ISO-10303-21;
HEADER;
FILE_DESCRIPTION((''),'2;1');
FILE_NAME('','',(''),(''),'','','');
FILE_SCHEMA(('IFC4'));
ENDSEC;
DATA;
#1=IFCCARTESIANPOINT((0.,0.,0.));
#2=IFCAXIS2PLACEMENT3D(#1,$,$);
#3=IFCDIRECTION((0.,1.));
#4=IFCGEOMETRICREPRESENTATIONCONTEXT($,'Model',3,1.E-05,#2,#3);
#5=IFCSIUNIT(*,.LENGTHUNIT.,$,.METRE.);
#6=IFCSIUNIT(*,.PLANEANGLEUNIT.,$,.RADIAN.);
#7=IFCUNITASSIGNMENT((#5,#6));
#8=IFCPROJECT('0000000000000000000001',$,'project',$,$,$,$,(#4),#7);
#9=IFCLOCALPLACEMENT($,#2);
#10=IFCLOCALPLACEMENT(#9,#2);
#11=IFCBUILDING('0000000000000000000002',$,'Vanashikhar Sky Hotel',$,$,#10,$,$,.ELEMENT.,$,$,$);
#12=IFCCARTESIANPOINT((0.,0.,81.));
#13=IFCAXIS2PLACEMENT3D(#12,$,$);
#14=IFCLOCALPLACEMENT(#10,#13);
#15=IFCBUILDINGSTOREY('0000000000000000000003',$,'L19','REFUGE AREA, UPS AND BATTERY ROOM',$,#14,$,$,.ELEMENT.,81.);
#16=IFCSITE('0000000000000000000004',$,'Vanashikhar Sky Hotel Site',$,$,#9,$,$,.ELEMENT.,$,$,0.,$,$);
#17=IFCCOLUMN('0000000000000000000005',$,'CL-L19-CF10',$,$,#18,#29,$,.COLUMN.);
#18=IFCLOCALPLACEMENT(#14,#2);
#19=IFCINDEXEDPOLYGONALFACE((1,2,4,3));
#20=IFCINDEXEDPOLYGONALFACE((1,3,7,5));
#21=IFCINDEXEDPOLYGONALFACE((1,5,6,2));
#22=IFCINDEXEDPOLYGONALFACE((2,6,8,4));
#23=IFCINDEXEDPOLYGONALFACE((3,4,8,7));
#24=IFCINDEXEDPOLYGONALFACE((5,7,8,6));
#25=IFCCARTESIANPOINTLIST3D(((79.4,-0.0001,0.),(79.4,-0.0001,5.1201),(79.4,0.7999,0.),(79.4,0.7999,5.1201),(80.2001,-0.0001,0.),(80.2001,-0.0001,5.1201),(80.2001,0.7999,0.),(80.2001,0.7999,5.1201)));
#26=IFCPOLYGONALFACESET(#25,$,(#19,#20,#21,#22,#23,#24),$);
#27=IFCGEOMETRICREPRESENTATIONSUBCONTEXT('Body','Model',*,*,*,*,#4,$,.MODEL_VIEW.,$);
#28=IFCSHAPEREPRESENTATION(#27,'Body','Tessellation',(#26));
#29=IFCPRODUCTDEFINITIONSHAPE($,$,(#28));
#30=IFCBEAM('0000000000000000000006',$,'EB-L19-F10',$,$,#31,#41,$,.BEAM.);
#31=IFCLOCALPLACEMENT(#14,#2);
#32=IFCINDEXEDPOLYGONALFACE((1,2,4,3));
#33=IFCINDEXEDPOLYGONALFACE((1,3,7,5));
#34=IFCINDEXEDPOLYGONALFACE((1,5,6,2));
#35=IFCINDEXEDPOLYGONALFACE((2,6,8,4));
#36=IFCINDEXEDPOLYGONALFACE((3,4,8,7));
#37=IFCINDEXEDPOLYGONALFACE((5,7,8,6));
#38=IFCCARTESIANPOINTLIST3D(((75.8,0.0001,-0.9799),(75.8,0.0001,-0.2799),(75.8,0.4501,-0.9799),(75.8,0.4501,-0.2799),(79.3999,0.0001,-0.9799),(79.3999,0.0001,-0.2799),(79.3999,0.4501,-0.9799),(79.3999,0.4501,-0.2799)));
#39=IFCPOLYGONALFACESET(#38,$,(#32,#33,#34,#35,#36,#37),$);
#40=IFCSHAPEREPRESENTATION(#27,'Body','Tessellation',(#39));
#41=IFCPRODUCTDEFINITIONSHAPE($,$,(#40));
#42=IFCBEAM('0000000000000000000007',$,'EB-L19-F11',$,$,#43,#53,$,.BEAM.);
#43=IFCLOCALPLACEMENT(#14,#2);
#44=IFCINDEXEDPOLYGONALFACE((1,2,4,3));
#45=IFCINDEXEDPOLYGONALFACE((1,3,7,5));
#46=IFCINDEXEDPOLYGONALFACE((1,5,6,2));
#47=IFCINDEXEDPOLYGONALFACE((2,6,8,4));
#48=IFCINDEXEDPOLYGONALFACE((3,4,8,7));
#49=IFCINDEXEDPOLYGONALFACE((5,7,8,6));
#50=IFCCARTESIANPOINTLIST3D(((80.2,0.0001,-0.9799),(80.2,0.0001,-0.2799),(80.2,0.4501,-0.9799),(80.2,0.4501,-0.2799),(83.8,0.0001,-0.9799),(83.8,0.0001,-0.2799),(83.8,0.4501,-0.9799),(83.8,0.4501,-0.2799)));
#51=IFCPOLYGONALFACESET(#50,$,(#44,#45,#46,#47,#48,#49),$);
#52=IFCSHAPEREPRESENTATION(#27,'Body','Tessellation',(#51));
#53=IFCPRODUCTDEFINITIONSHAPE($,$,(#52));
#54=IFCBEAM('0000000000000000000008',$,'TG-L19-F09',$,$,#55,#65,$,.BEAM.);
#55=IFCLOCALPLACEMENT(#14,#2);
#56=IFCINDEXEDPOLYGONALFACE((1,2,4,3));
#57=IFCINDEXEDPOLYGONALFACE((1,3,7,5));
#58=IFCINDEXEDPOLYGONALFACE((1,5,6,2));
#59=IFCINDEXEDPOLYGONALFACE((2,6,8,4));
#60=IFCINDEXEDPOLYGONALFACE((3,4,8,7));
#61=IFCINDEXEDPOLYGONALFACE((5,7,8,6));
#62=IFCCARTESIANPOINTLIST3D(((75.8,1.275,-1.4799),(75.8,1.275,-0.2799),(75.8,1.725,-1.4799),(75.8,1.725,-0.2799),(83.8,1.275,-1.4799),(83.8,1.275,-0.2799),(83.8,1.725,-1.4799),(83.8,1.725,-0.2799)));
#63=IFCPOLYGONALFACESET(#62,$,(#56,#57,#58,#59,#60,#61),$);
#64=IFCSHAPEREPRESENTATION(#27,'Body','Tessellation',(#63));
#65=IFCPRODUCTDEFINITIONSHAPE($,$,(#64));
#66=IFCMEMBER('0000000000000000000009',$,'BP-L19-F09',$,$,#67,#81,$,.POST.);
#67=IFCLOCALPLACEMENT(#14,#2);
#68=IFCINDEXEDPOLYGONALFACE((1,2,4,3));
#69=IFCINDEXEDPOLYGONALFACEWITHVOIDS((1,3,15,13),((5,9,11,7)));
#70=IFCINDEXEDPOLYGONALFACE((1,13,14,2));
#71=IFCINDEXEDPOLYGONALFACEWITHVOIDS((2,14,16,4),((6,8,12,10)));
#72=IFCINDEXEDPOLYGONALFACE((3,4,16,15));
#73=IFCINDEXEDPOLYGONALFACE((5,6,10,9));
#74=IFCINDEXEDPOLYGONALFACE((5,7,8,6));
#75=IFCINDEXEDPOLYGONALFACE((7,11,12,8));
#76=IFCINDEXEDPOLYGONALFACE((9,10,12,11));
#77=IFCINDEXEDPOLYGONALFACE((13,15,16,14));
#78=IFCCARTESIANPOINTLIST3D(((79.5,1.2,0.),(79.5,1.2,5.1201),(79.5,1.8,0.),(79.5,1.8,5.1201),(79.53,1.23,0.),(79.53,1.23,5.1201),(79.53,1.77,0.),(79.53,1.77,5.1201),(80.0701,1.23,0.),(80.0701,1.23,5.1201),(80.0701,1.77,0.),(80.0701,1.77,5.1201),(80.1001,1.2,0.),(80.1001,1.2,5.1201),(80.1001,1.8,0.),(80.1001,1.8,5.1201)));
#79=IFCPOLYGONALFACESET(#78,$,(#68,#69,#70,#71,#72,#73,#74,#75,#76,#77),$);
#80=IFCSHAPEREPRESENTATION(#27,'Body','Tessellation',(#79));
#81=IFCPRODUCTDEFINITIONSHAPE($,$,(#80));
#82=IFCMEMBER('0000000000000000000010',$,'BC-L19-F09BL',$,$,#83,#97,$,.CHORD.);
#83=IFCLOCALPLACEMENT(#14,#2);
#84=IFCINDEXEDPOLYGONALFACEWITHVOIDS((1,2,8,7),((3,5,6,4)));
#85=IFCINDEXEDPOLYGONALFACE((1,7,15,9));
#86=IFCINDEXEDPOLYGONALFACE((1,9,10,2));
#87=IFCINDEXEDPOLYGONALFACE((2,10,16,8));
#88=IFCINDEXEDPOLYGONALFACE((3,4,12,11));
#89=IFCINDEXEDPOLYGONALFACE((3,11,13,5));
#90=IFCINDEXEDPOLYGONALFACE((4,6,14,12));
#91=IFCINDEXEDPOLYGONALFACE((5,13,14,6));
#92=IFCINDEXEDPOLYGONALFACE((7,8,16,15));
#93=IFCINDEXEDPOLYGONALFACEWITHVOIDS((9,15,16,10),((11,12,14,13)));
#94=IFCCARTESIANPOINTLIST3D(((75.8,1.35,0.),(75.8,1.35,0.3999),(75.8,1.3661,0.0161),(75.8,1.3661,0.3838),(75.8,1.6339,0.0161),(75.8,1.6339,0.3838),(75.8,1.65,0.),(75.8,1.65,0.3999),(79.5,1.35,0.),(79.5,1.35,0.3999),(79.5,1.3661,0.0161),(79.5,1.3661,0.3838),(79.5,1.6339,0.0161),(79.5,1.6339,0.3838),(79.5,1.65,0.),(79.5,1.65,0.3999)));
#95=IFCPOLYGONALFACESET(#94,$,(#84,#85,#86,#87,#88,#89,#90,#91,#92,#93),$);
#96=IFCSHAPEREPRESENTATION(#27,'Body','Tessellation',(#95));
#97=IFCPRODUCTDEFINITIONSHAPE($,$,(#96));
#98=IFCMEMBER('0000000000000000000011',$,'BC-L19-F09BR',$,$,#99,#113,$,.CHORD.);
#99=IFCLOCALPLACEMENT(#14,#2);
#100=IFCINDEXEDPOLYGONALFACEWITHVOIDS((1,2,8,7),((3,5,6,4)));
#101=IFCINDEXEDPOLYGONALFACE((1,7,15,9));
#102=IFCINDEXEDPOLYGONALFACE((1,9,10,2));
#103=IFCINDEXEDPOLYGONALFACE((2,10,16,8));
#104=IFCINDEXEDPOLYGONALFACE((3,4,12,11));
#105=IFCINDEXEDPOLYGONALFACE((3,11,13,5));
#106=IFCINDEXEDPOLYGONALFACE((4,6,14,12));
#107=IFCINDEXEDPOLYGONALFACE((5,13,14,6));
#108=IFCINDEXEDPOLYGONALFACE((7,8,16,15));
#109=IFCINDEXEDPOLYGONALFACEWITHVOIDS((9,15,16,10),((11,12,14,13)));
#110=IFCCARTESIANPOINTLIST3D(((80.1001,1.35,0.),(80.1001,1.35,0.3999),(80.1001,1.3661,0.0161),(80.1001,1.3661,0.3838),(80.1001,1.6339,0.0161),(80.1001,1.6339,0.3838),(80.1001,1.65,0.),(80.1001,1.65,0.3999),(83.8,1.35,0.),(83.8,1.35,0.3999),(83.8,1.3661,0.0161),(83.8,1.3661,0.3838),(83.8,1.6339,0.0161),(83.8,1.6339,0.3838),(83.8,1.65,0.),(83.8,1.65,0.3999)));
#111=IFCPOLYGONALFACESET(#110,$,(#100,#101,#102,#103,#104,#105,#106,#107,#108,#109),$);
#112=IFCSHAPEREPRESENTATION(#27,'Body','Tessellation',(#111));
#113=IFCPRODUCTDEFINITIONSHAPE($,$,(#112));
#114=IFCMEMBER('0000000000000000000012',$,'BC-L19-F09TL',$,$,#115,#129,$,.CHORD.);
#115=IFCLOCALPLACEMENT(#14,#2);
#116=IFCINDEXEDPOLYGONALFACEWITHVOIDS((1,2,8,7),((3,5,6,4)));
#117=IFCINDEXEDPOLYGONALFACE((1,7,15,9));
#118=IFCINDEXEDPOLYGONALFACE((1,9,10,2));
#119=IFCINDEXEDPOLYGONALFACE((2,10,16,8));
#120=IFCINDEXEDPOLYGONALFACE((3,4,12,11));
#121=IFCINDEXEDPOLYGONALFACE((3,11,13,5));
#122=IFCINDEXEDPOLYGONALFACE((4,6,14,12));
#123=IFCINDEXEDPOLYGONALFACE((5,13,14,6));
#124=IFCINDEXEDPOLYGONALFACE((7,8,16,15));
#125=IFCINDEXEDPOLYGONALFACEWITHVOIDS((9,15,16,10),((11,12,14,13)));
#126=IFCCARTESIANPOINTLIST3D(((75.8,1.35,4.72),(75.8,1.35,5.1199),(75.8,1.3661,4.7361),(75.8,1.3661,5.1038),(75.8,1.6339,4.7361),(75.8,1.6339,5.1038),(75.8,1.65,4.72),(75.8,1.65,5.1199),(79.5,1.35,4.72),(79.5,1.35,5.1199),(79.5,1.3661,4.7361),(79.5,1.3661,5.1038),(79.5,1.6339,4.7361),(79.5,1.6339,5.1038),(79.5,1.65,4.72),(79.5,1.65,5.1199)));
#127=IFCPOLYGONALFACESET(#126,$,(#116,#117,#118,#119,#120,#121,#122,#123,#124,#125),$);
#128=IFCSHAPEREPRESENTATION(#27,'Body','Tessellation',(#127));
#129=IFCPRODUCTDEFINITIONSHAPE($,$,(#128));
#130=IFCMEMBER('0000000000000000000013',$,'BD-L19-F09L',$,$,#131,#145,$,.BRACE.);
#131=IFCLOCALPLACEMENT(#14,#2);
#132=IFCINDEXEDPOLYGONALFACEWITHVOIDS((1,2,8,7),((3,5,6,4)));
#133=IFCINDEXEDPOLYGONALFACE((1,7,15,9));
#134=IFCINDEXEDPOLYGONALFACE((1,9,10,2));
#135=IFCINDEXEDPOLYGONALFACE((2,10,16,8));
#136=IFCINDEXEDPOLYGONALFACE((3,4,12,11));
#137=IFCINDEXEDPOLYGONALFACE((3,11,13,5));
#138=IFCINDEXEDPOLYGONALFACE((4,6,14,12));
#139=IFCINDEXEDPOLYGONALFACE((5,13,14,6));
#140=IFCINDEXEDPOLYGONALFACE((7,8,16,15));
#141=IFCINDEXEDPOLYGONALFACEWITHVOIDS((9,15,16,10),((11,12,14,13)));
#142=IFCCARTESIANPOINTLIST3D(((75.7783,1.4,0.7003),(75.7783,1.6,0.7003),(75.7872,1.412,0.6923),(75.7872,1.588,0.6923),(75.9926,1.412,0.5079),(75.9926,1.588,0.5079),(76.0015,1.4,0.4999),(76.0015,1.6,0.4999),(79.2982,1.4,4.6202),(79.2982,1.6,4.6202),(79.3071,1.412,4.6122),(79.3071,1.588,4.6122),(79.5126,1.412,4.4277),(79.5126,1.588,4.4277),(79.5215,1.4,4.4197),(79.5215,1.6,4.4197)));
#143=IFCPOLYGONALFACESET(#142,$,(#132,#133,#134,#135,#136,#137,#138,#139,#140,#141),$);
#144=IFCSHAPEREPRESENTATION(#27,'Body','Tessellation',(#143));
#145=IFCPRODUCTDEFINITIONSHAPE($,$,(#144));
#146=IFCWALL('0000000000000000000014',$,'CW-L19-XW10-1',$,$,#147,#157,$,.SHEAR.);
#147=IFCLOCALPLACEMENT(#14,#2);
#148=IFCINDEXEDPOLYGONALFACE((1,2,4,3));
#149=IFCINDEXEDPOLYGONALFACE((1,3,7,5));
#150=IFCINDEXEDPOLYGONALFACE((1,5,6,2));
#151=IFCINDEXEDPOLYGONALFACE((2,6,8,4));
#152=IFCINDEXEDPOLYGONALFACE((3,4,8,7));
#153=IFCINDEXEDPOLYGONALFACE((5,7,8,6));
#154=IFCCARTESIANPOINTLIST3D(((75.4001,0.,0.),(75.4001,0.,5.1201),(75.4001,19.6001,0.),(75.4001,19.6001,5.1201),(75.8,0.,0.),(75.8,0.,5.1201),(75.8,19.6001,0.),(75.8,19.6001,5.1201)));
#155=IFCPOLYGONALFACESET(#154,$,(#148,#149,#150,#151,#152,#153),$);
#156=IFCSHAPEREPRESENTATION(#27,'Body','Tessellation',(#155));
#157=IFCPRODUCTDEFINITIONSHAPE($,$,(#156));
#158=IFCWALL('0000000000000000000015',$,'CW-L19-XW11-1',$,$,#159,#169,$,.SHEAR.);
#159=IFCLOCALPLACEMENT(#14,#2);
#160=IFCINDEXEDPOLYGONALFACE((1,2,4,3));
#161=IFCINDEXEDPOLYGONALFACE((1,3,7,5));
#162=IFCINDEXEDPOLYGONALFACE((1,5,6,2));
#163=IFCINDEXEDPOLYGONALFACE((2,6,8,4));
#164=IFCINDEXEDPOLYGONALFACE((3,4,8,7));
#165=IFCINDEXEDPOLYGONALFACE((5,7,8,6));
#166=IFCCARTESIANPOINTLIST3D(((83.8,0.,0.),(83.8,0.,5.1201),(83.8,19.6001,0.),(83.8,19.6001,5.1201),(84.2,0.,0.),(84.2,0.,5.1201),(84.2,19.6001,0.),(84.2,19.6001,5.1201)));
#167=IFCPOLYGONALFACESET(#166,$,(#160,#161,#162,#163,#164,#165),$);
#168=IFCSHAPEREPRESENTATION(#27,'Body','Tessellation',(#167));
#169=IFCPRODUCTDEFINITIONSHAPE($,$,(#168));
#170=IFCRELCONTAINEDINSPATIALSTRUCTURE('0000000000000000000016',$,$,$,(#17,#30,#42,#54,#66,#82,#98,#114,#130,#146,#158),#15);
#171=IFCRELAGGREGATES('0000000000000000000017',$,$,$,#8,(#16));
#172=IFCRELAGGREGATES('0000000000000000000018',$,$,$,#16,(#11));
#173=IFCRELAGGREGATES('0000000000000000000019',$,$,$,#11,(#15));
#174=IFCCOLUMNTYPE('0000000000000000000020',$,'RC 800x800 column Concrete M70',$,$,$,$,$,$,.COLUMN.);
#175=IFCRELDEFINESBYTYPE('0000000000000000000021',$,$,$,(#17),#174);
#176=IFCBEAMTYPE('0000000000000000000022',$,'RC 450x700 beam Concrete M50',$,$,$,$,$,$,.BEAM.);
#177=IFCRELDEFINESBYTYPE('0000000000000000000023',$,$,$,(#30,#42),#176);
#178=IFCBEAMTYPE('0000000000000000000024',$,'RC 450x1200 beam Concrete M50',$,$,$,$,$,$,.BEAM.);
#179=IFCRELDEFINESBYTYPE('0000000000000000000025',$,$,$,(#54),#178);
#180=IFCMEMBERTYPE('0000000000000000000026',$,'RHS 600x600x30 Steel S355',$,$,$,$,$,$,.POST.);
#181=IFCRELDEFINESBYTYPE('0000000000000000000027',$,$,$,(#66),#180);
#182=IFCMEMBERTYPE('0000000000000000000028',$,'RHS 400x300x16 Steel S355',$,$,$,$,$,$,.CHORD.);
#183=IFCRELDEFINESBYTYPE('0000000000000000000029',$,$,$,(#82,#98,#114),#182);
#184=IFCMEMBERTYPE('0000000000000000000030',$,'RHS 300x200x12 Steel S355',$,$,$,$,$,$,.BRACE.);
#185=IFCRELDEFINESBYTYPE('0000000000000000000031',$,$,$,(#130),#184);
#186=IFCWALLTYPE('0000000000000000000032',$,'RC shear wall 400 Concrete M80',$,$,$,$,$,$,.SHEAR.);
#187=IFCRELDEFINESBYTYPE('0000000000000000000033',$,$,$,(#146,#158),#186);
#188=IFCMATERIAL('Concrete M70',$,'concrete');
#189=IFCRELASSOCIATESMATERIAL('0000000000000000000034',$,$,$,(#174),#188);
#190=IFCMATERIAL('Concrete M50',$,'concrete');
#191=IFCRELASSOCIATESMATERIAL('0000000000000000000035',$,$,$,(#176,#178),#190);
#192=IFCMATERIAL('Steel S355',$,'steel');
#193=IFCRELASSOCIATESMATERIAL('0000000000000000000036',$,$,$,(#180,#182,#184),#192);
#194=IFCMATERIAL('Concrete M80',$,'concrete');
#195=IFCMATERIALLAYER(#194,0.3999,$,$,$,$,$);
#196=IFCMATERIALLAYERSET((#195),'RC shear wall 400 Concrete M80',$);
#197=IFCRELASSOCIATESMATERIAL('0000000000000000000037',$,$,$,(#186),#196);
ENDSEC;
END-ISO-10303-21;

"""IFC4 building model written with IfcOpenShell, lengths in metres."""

from ifc_helpers import new_model, si_unit, direction, frame, frame_2d, origin, origin_2d, place, context, subcontext, project, spatial, rectangle, hollow_rectangle, extrude, source, transform, mapped, material, layer, layer_set, material_profile, profile_set, type_object, element, save


model = new_model("IFC4")

# Units and contexts
model_context = context("Model", 3, precision=1e-05, world=origin(), true_north=direction((0.0, 1.0)))
body_context = subcontext(model_context, "Body", "Model", "MODEL_VIEW")
ifc_project = project(units=[si_unit("LENGTHUNIT", "METRE"), si_unit("PLANEANGLEUNIT", "RADIAN")], contexts=[model_context])

# Site, building, storey
site_placement = place(None, origin())
site = spatial("IfcSite", under=ifc_project, at=site_placement, Name="Vanashikhar Sky Hotel Site", CompositionType="ELEMENT", RefElevation=0.0)
building_placement = place(site_placement, origin())
building = spatial("IfcBuilding", under=site, at=building_placement, Name="Vanashikhar Sky Hotel", CompositionType="ELEMENT")
storey_placement = place(building_placement, frame((0.0, 0.0, 81.0)))
storey = spatial("IfcBuildingStorey", under=building, at=storey_placement, Name="L19", Description="REFUGE AREA, UPS AND BATTERY ROOM", CompositionType="ELEMENT", Elevation=81.0)

# Column
ifc_material_1 = material(Name="Concrete M70", Category="concrete")
ifc_material_profile_1 = material_profile(ifc_material_1, rectangle(XDim=0.8, YDim=0.8, at=origin_2d()))
ifc_profile_set_1 = profile_set([ifc_material_profile_1], Name="RC 800x800 column Concrete M70")
column_type = type_object("IfcColumnType", Name="RC 800x800 column Concrete M70", PredefinedType="COLUMN", material=ifc_profile_set_1)
shared_shape_1 = source(origin(), body_context, "Body", "SweptSolid", [
    extrude(rectangle(XDim=0.8, YDim=0.8, at=origin_2d()), origin(), (0.0, 0.0, 1.0), 5.1201),
])
column_placement = place(storey_placement, frame((79.8, 0.3999, 0.0), z_axis=(0.0, 0.0, 1.0), x_axis=(1.0, 0.0, 0.0)))
element("IfcColumn", 1, at=column_placement, inside=storey, type_object=column_type, Name="CL-L19-CF10", PredefinedType="COLUMN", context=body_context, shape_type="MappedRepresentation", body=[
    mapped(shared_shape_1, transform((0.0, 0.0, 0.0), scale=1.0)),
])

# Beams
ifc_material_2 = material(Name="Concrete M50", Category="concrete")
ifc_material_profile_2 = material_profile(ifc_material_2, rectangle(XDim=0.45, YDim=0.7, at=origin_2d()))
ifc_profile_set_2 = profile_set([ifc_material_profile_2], Name="RC 450x700 beam Concrete M50")
beam_type_1 = type_object("IfcBeamType", Name="RC 450x700 beam Concrete M50", PredefinedType="BEAM", material=ifc_profile_set_2)
shared_shape_2 = source(origin(), body_context, "Body", "SweptSolid", [
    extrude(rectangle(XDim=0.45, YDim=0.7, at=origin_2d()), origin(), (0.0, 0.0, 1.0), 3.5999),
])
beam_1_placement = place(storey_placement, frame((75.8, 0.2251, -0.6299), z_axis=(1.0, 0.0, 0.0), x_axis=(0.0, 1.0, 0.0)))
element("IfcBeam", 2, at=beam_1_placement, inside=storey, type_object=beam_type_1, Name="EB-L19-F10", PredefinedType="BEAM", context=body_context, shape_type="MappedRepresentation", body=[
    mapped(shared_shape_2, transform((0.0, 0.0, 0.0), scale=1.0)),
])
shared_shape_3 = source(origin(), body_context, "Body", "SweptSolid", [
    extrude(rectangle(XDim=0.45, YDim=0.7, at=origin_2d()), origin(), (0.0, 0.0, 1.0), 3.6001),
])
beam_2_placement = place(storey_placement, frame((80.2, 0.2251, -0.6299), z_axis=(1.0, 0.0, 0.0), x_axis=(0.0, 1.0, 0.0)))
element("IfcBeam", 3, at=beam_2_placement, inside=storey, type_object=beam_type_1, Name="EB-L19-F11", PredefinedType="BEAM", context=body_context, shape_type="MappedRepresentation", body=[
    mapped(shared_shape_3, transform((0.0, 0.0, 0.0), scale=1.0)),
])
ifc_material_profile_3 = material_profile(ifc_material_2, rectangle(XDim=0.45, YDim=1.2, at=origin_2d()))
ifc_profile_set_3 = profile_set([ifc_material_profile_3], Name="RC 450x1200 beam Concrete M50")
beam_type_2 = type_object("IfcBeamType", Name="RC 450x1200 beam Concrete M50", PredefinedType="BEAM", material=ifc_profile_set_3)
shared_shape_4 = source(origin(), body_context, "Body", "SweptSolid", [
    extrude(rectangle(XDim=0.45, YDim=1.2, at=origin_2d()), origin(), (0.0, 0.0, 1.0), 8.0),
])
beam_3_placement = place(storey_placement, frame((75.8, 1.5, -0.8799), z_axis=(1.0, 0.0, 0.0), x_axis=(0.0, 1.0, 0.0)))
element("IfcBeam", 4, at=beam_3_placement, inside=storey, type_object=beam_type_2, Name="TG-L19-F09", PredefinedType="BEAM", context=body_context, shape_type="MappedRepresentation", body=[
    mapped(shared_shape_4, transform((0.0, 0.0, 0.0), scale=1.0)),
])

# Members
ifc_material_3 = material(Name="Steel S355", Category="steel")
ifc_material_profile_4 = material_profile(ifc_material_3, hollow_rectangle(XDim=0.6001, YDim=0.6001, WallThickness=0.03, at=origin_2d()))
ifc_profile_set_4 = profile_set([ifc_material_profile_4], Name="RHS 600x600x30 Steel S355")
member_type_1 = type_object("IfcMemberType", Name="RHS 600x600x30 Steel S355", PredefinedType="POST", material=ifc_profile_set_4)
shared_shape_5 = source(origin(), body_context, "Body", "SweptSolid", [
    extrude(hollow_rectangle(XDim=0.6001, YDim=0.6001, WallThickness=0.03, at=origin_2d()), origin(), (0.0, 0.0, 1.0), 5.1201),
])
member_1_placement = place(storey_placement, frame((79.8, 1.5, 0.0), z_axis=(0.0, 0.0, 1.0), x_axis=(1.0, 0.0, 0.0)))
element("IfcMember", 5, at=member_1_placement, inside=storey, type_object=member_type_1, Name="BP-L19-F09", PredefinedType="POST", context=body_context, shape_type="MappedRepresentation", body=[
    mapped(shared_shape_5, transform((0.0, 0.0, 0.0), scale=1.0)),
])
ifc_material_profile_5 = material_profile(ifc_material_3, hollow_rectangle(XDim=0.3, YDim=0.3999, WallThickness=0.0161, at=origin_2d()))
ifc_profile_set_5 = profile_set([ifc_material_profile_5], Name="RHS 400x300x16 Steel S355")
member_type_2 = type_object("IfcMemberType", Name="RHS 400x300x16 Steel S355", PredefinedType="CHORD", material=ifc_profile_set_5)
shared_shape_6 = source(origin(), body_context, "Body", "SweptSolid", [
    extrude(hollow_rectangle(XDim=0.3, YDim=0.3999, WallThickness=0.0161, at=origin_2d()), origin(), (0.0, 0.0, 1.0), 3.7),
])
for number, where, z_axis, x_axis, name in (
    (6, (75.8, 1.5, 0.2), (1.0, 0.0, 0.0), (0.0, 1.0, 0.0), "BC-L19-F09BL"),
    (7, (80.1001, 1.5, 0.2), (1.0, 0.0, 0.0), (0.0, 1.0, 0.0), "BC-L19-F09BR"),
    (8, (75.8, 1.5, 4.9199), (1.0, 0.0, 0.0), (0.0, 1.0, 0.0), "BC-L19-F09TL"),
):
    element("IfcMember", number, at=place(storey_placement, frame(where, z_axis=z_axis, x_axis=x_axis)), inside=storey, type_object=member_type_2, Name=name, PredefinedType="CHORD", context=body_context, shape_type="MappedRepresentation", body=[
        mapped(shared_shape_6, transform((0.0, 0.0, 0.0), scale=1.0)),
    ])
ifc_material_profile_6 = material_profile(ifc_material_3, hollow_rectangle(XDim=0.2, YDim=0.3, WallThickness=0.012, at=origin_2d()))
ifc_profile_set_6 = profile_set([ifc_material_profile_6], Name="RHS 300x200x12 Steel S355")
member_type_3 = type_object("IfcMemberType", Name="RHS 300x200x12 Steel S355", PredefinedType="BRACE", material=ifc_profile_set_6)
shared_shape_7 = source(origin(), body_context, "Body", "SweptSolid", [
    extrude(hollow_rectangle(XDim=0.2, YDim=0.3, WallThickness=0.012, at=origin_2d()), origin(), (0.0, 0.0, 1.0), 5.2683),
])
member_2_placement = place(storey_placement, frame((75.8899, 1.5, 0.6001), z_axis=(0.668135, 0.0, 0.74404), x_axis=(0.0, 1.0, 0.0)))
element("IfcMember", 9, at=member_2_placement, inside=storey, type_object=member_type_3, Name="BD-L19-F09L", PredefinedType="BRACE", context=body_context, shape_type="MappedRepresentation", body=[
    mapped(shared_shape_7, transform((0.0, 0.0, 0.0), scale=1.0)),
])

# Walls
ifc_material_4 = material(Name="Concrete M80", Category="concrete")
ifc_layer_1 = layer(ifc_material_4, 0.3999)
ifc_layer_set_1 = layer_set([ifc_layer_1], Name="RC shear wall 400 Concrete M80")
wall_type = type_object("IfcWallType", Name="RC shear wall 400 Concrete M80", PredefinedType="SHEAR", material=ifc_layer_set_1)
shared_shape_8 = source(origin(), body_context, "Body", "SweptSolid", [
    extrude(rectangle(XDim=19.6001, YDim=0.3999, at=frame_2d((9.8, 0.0))), origin(), (0.0, 0.0, 1.0), 5.1201),
])
for number, where, z_axis, x_axis, name in (
    (10, (75.6001, 0.0, 0.0), (0.0, 0.0, 1.0), (0.0, 1.0, 0.0), "CW-L19-XW10-1"),
    (11, (84.0, 0.0, 0.0), (0.0, 0.0, 1.0), (0.0, 1.0, 0.0), "CW-L19-XW11-1"),
):
    element("IfcWall", number, at=place(storey_placement, frame(where, z_axis=z_axis, x_axis=x_axis)), inside=storey, type_object=wall_type, Name=name, PredefinedType="SHEAR", context=body_context, shape_type="MappedRepresentation", body=[
        mapped(shared_shape_8, transform((0.0, 0.0, 0.0), scale=1.0)),
    ])

save(model, "model.ifc")
